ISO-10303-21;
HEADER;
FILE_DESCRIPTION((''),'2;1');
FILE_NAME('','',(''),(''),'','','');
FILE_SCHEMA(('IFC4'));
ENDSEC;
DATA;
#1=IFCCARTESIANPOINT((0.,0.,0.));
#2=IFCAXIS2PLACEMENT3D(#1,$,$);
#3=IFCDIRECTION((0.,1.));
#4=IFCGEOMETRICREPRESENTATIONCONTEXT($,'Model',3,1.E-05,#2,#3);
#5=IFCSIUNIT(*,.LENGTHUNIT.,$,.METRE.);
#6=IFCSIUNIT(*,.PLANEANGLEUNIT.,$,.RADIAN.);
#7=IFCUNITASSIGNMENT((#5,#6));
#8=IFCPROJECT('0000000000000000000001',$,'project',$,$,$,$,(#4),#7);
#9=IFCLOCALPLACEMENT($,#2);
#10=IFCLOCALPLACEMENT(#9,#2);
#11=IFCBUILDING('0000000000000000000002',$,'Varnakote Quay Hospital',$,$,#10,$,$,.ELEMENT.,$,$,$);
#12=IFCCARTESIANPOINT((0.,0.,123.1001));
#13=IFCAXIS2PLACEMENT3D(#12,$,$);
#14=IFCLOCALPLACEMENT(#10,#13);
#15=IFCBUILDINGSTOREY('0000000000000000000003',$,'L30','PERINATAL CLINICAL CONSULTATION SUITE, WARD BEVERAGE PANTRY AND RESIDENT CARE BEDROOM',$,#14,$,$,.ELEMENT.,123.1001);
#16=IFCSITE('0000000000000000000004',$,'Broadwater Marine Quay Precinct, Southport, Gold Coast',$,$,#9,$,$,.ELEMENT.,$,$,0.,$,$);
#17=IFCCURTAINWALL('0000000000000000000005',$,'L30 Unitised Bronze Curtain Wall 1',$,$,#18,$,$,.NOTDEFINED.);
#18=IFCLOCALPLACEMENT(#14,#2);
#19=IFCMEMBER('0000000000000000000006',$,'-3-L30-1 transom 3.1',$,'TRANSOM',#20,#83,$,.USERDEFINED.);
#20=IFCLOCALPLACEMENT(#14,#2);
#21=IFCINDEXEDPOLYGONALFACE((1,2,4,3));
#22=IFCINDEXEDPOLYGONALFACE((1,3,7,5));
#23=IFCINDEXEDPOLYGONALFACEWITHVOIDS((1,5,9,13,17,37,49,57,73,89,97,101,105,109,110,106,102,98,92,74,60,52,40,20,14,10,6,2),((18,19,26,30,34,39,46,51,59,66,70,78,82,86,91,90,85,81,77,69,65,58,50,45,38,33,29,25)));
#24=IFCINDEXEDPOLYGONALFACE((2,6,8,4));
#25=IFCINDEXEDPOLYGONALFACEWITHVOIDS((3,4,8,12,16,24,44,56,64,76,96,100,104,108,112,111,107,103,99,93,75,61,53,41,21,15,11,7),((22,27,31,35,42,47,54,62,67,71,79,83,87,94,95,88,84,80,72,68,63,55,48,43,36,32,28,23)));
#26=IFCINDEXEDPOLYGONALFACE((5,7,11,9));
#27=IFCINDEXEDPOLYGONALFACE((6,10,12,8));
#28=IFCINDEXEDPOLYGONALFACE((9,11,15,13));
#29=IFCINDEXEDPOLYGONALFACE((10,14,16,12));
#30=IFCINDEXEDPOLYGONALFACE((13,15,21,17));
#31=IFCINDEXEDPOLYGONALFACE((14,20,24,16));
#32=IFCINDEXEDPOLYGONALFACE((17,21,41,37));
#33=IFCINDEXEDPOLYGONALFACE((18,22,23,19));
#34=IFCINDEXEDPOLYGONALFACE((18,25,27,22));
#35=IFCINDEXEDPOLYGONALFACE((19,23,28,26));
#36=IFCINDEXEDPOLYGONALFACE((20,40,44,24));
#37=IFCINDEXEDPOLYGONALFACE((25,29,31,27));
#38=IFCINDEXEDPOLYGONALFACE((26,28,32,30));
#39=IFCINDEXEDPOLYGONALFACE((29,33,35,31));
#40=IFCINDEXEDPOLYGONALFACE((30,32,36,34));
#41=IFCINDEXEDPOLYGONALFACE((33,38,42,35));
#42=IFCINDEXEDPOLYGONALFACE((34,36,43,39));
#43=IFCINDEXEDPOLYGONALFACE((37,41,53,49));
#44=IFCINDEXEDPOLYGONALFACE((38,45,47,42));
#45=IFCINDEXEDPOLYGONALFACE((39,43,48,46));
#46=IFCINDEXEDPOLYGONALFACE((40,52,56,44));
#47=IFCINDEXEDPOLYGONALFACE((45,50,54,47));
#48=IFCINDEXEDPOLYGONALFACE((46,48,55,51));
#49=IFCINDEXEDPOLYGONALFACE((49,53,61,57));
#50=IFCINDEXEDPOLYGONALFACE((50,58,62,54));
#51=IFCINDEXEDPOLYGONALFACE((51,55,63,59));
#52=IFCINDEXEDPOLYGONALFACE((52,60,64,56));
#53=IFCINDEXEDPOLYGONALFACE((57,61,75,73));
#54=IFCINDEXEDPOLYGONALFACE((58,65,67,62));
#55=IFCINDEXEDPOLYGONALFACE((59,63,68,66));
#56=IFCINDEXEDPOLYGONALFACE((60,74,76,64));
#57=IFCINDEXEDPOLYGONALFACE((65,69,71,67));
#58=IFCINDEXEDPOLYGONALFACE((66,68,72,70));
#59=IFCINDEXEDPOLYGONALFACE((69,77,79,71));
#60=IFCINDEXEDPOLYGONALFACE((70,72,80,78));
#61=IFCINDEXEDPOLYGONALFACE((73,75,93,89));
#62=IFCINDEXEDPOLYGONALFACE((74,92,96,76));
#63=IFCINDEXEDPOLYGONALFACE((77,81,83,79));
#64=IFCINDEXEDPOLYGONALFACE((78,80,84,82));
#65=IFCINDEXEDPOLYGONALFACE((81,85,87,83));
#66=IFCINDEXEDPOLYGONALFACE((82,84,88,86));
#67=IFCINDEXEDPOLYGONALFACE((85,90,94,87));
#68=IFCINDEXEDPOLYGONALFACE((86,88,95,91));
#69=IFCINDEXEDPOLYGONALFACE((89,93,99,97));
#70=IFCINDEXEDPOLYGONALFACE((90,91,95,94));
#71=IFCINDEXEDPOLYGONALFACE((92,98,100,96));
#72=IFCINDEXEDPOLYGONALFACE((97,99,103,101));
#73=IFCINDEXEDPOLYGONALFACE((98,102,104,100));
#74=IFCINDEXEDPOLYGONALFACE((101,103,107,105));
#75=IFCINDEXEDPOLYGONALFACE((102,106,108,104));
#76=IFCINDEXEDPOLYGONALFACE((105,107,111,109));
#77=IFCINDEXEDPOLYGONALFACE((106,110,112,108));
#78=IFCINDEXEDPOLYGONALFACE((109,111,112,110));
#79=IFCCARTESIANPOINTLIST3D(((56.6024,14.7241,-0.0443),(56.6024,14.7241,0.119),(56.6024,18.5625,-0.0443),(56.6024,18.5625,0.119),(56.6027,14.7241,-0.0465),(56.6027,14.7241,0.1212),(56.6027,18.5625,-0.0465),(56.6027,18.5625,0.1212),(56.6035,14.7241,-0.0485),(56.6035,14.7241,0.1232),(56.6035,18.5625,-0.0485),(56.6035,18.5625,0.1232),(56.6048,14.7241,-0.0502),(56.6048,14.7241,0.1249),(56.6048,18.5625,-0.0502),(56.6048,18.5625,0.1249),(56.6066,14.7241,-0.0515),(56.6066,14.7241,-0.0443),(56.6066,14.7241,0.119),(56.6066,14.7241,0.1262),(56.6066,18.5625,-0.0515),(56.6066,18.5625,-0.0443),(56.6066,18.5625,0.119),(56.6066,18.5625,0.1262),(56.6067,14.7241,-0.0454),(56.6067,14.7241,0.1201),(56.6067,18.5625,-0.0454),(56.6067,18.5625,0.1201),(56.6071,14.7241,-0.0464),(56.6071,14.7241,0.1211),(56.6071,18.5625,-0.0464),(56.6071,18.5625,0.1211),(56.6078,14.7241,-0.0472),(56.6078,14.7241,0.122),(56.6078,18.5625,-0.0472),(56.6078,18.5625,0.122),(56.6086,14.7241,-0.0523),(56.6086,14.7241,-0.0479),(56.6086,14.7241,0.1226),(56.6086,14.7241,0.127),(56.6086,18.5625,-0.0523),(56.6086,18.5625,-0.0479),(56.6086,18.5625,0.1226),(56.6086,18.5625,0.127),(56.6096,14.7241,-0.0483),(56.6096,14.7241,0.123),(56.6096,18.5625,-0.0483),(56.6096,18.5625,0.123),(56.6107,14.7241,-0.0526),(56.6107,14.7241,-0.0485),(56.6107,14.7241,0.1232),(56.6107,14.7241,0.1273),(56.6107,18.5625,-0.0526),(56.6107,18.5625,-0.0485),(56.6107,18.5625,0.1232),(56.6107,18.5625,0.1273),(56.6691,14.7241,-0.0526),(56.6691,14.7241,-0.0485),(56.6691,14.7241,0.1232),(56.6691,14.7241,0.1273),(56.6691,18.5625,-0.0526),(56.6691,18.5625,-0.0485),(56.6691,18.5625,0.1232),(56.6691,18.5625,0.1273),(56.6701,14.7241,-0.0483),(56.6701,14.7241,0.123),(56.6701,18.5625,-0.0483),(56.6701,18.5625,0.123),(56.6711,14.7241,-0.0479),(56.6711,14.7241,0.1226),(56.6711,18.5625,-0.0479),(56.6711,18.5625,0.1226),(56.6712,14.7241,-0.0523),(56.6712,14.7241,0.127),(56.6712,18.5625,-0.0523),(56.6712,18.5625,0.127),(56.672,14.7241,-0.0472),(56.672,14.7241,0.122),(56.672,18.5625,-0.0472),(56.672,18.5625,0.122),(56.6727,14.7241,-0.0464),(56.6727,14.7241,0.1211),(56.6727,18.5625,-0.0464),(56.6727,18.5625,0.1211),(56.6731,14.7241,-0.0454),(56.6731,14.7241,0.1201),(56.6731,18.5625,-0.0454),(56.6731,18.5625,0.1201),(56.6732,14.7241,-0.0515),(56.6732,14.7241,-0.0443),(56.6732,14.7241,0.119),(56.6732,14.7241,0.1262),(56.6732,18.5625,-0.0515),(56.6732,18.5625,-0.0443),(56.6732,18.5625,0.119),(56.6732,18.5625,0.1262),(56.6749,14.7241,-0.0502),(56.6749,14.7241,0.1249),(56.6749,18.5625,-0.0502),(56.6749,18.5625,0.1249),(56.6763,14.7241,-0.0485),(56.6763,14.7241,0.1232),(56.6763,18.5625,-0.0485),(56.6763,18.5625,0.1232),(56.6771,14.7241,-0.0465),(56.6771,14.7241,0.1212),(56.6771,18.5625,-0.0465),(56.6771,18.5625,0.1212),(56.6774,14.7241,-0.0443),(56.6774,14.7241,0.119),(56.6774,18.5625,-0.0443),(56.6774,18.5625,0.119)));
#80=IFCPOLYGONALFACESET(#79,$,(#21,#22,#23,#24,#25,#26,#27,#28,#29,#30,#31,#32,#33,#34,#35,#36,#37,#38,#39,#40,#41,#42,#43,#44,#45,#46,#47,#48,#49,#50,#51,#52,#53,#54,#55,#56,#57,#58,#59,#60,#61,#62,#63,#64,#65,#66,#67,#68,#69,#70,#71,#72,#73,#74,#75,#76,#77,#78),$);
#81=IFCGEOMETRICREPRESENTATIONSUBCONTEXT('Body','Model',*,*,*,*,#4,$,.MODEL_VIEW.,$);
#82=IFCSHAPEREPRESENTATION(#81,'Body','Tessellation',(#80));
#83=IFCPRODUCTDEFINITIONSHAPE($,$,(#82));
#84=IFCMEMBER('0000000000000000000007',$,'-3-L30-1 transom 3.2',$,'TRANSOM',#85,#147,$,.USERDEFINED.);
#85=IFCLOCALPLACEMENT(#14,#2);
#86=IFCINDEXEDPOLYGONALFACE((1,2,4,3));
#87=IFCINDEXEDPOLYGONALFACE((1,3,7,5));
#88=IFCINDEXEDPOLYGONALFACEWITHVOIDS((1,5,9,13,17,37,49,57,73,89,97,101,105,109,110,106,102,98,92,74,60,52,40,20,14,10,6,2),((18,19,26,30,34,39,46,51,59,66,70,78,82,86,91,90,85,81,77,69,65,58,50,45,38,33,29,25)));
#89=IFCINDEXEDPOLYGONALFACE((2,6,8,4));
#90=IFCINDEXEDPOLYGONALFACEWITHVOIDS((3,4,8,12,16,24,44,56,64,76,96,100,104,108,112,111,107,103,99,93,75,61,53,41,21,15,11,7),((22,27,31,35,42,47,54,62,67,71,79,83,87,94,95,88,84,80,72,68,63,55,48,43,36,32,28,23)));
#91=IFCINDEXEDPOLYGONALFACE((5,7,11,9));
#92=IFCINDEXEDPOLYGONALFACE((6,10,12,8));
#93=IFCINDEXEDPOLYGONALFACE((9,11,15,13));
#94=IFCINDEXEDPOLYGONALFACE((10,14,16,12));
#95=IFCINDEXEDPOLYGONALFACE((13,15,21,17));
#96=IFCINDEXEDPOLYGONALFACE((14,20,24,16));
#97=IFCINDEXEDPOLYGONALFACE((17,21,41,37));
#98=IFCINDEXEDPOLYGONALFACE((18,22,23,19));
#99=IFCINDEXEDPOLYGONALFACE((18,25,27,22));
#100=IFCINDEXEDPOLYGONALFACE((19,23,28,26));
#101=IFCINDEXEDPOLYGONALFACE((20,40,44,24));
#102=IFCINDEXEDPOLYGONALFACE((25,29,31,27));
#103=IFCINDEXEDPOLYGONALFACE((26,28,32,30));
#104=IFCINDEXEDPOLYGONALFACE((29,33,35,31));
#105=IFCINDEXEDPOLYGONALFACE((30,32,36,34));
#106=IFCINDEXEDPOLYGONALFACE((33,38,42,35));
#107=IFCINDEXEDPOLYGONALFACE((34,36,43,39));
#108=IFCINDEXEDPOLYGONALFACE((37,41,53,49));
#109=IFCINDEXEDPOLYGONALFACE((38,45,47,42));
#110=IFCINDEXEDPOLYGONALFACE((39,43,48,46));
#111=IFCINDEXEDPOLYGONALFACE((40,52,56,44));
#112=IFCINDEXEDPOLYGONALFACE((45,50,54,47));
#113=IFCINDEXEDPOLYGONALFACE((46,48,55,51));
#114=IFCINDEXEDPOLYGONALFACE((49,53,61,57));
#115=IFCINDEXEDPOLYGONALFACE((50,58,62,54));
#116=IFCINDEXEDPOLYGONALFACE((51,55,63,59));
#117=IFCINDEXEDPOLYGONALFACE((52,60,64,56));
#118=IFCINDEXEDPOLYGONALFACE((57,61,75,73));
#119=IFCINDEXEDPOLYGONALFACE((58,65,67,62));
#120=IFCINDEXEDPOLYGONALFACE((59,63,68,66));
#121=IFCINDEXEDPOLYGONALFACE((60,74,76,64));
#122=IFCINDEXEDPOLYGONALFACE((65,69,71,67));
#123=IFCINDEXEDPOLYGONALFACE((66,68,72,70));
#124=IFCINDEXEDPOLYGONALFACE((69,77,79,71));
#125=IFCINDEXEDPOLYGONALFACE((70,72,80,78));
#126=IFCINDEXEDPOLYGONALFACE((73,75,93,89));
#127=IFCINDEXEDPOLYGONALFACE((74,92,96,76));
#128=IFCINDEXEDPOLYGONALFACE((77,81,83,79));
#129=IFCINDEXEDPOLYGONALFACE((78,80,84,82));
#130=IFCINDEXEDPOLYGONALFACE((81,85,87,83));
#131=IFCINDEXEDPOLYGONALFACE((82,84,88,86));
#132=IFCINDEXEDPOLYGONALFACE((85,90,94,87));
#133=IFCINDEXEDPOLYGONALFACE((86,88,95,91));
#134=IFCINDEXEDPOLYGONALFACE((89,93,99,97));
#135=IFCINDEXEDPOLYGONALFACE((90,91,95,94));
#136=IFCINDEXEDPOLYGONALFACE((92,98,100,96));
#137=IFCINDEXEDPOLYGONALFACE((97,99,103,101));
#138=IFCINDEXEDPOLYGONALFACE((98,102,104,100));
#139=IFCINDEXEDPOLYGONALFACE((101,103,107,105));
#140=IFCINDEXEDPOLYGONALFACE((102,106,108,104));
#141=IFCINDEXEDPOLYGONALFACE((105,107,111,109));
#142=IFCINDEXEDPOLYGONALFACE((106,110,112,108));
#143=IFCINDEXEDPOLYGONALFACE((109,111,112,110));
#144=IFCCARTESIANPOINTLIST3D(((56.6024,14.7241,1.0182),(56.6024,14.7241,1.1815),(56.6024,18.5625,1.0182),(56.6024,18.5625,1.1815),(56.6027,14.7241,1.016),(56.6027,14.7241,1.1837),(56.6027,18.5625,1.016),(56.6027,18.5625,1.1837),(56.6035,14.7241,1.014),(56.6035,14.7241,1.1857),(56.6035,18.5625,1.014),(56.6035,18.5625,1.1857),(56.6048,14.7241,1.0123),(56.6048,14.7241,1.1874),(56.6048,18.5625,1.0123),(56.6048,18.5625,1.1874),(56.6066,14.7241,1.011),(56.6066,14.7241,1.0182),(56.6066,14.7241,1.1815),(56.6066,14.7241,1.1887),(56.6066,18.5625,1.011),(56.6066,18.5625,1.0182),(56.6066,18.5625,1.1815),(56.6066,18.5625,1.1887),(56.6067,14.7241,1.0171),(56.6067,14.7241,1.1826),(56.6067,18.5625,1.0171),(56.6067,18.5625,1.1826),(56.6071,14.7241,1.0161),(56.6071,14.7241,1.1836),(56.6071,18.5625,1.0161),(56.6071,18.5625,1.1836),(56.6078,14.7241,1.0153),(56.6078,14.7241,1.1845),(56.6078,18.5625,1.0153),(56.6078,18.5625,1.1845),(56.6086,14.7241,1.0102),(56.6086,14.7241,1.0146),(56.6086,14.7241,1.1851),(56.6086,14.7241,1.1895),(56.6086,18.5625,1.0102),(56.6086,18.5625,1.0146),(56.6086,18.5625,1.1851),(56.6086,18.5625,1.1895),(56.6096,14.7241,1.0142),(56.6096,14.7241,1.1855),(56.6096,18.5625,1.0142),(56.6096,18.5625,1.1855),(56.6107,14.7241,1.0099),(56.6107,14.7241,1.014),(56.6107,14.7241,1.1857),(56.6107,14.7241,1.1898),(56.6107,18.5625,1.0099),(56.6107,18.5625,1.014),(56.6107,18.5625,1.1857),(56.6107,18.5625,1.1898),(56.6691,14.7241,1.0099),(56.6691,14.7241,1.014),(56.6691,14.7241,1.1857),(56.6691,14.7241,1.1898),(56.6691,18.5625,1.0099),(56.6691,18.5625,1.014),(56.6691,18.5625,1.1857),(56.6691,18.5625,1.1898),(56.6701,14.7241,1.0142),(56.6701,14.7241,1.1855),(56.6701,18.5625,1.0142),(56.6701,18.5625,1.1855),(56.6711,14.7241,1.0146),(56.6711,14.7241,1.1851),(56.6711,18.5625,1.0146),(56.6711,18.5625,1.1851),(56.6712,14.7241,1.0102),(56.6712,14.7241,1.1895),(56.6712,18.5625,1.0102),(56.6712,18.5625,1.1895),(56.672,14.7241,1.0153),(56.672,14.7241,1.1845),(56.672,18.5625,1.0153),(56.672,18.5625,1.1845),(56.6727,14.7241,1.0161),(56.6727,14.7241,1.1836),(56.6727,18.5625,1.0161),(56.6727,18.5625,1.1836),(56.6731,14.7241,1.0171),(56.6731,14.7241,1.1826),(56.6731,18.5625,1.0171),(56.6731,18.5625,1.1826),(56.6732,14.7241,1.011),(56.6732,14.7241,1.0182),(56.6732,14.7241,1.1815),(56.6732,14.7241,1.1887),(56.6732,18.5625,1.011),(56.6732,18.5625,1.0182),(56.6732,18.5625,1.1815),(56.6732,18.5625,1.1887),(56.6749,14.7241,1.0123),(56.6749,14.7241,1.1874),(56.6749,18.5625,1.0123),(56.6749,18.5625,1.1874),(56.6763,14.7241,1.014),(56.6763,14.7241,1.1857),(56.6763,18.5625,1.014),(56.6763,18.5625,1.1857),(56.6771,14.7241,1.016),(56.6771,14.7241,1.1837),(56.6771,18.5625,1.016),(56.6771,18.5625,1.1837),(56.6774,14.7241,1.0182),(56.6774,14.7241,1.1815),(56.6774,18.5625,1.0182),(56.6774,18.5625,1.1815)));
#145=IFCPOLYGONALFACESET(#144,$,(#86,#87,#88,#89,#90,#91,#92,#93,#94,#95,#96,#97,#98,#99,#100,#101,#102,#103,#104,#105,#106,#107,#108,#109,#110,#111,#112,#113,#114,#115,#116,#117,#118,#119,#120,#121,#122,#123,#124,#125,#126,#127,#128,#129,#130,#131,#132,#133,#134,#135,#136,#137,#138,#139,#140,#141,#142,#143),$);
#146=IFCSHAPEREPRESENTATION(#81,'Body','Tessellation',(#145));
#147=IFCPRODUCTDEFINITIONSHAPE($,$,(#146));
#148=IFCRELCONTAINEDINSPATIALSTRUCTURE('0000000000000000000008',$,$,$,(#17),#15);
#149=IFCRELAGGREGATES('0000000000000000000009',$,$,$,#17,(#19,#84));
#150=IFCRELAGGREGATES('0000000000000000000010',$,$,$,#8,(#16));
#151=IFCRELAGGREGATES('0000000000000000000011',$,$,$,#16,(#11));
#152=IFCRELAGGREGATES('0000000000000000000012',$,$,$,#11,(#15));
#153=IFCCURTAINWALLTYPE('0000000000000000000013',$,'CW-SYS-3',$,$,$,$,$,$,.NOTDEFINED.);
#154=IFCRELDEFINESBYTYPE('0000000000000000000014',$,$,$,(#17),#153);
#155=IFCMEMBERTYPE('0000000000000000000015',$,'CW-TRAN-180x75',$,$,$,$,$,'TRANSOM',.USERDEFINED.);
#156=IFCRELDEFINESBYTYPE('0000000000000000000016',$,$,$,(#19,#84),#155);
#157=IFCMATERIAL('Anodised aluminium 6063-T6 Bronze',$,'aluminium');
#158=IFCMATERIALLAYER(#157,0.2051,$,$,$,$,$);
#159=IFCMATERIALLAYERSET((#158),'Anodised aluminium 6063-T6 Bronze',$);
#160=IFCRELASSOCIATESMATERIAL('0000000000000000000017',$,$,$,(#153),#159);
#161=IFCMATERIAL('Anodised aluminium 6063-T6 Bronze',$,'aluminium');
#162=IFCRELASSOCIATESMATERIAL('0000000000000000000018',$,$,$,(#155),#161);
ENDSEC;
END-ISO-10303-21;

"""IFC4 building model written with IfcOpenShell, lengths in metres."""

from ifc_helpers import new_model, si_unit, direction, frame, origin, origin_2d, place, context, subcontext, project, spatial, hollow_rectangle, extrude, material, layer, layer_set, material_profile, profile_set, type_object, element, aggregate, save


model = new_model("IFC4")

# Units and contexts
model_context = context("Model", 3, precision=1e-05, world=origin(), true_north=direction((0.0, 1.0)))
body_context = subcontext(model_context, "Body", "Model", "MODEL_VIEW")
ifc_project = project(units=[si_unit("LENGTHUNIT", "METRE"), si_unit("PLANEANGLEUNIT", "RADIAN")], contexts=[model_context])

# Site, building, storey
site_placement = place(None, origin())
site = spatial("IfcSite", under=ifc_project, at=site_placement, Name="Broadwater Marine Quay Precinct, Southport, Gold Coast", CompositionType="ELEMENT", RefElevation=0.0)
building_placement = place(site_placement, origin())
building = spatial("IfcBuilding", under=site, at=building_placement, Name="Varnakote Quay Hospital", CompositionType="ELEMENT")
storey_placement = place(building_placement, frame((0.0, 0.0, 123.1001)))
storey = spatial("IfcBuildingStorey", under=building, at=storey_placement, Name="L30", Description="PERINATAL CLINICAL CONSULTATION SUITE, WARD BEVERAGE PANTRY AND RESIDENT CARE BEDROOM", CompositionType="ELEMENT", Elevation=123.1001)

# Curtain wall, members
ifc_material_1 = material(Name="Anodised aluminium 6063-T6 Bronze", Category="aluminium")
ifc_layer_1 = layer(ifc_material_1, 0.2051)
ifc_layer_set_1 = layer_set([ifc_layer_1], Name="Anodised aluminium 6063-T6 Bronze")
curtain_wall_type = type_object("IfcCurtainWallType", Name="CW-SYS-3", PredefinedType="NOTDEFINED", material=ifc_layer_set_1)
curtain_wall_placement = place(storey_placement, origin())
curtain_wall = element("IfcCurtainWall", 1, at=curtain_wall_placement, inside=storey, type_object=curtain_wall_type, Name="L30 Unitised Bronze Curtain Wall 1", PredefinedType="NOTDEFINED")
ifc_material_2 = material(Name="Anodised aluminium 6063-T6 Bronze", Category="aluminium")
ifc_material_profile_1 = material_profile(ifc_material_2, hollow_rectangle(XDim=0.075, YDim=0.1799, WallThickness=0.0042, InnerFilletRadius=0.0042, OuterFilletRadius=0.0083, at=origin_2d()), Name="CW-TRAN-180x75")
ifc_profile_set_1 = profile_set([ifc_material_profile_1], Name="Anodised aluminium 6063-T6 Bronze")
member_type_1 = type_object("IfcMemberType", Name="CW-TRAN-180x75", ElementType="TRANSOM", PredefinedType="USERDEFINED", material=ifc_profile_set_1)
member_1_placement = place(storey_placement, frame((56.6399, 14.7241, 0.0374), z_axis=(0.0, 1.0, 0.0), x_axis=(-1.0, 0.0, 0.0)))
member_1 = element("IfcMember", 2, at=member_1_placement, type_object=member_type_1, Name="-3-L30-1 transom 3.1", ObjectType="TRANSOM", PredefinedType="USERDEFINED", context=body_context, shape_type="SweptSolid", body=[
    extrude(hollow_rectangle(XDim=0.075, YDim=0.1799, WallThickness=0.0042, InnerFilletRadius=0.0042, OuterFilletRadius=0.0083, at=origin_2d()), origin(), (0.0, 0.0, 1.0), 3.8384),
])
member_2_placement = place(storey_placement, frame((56.6399, 14.7241, 1.0999), z_axis=(0.0, 1.0, 0.0), x_axis=(-1.0, 0.0, 0.0)))
member_2 = element("IfcMember", 3, at=member_2_placement, type_object=member_type_1, Name="-3-L30-1 transom 3.2", ObjectType="TRANSOM", PredefinedType="USERDEFINED", context=body_context, shape_type="SweptSolid", body=[
    extrude(hollow_rectangle(XDim=0.075, YDim=0.1799, WallThickness=0.0042, InnerFilletRadius=0.0042, OuterFilletRadius=0.0083, at=origin_2d()), origin(), (0.0, 0.0, 1.0), 3.8384),
])
aggregate(curtain_wall, [member_1, member_2])

save(model, "model.ifc")
